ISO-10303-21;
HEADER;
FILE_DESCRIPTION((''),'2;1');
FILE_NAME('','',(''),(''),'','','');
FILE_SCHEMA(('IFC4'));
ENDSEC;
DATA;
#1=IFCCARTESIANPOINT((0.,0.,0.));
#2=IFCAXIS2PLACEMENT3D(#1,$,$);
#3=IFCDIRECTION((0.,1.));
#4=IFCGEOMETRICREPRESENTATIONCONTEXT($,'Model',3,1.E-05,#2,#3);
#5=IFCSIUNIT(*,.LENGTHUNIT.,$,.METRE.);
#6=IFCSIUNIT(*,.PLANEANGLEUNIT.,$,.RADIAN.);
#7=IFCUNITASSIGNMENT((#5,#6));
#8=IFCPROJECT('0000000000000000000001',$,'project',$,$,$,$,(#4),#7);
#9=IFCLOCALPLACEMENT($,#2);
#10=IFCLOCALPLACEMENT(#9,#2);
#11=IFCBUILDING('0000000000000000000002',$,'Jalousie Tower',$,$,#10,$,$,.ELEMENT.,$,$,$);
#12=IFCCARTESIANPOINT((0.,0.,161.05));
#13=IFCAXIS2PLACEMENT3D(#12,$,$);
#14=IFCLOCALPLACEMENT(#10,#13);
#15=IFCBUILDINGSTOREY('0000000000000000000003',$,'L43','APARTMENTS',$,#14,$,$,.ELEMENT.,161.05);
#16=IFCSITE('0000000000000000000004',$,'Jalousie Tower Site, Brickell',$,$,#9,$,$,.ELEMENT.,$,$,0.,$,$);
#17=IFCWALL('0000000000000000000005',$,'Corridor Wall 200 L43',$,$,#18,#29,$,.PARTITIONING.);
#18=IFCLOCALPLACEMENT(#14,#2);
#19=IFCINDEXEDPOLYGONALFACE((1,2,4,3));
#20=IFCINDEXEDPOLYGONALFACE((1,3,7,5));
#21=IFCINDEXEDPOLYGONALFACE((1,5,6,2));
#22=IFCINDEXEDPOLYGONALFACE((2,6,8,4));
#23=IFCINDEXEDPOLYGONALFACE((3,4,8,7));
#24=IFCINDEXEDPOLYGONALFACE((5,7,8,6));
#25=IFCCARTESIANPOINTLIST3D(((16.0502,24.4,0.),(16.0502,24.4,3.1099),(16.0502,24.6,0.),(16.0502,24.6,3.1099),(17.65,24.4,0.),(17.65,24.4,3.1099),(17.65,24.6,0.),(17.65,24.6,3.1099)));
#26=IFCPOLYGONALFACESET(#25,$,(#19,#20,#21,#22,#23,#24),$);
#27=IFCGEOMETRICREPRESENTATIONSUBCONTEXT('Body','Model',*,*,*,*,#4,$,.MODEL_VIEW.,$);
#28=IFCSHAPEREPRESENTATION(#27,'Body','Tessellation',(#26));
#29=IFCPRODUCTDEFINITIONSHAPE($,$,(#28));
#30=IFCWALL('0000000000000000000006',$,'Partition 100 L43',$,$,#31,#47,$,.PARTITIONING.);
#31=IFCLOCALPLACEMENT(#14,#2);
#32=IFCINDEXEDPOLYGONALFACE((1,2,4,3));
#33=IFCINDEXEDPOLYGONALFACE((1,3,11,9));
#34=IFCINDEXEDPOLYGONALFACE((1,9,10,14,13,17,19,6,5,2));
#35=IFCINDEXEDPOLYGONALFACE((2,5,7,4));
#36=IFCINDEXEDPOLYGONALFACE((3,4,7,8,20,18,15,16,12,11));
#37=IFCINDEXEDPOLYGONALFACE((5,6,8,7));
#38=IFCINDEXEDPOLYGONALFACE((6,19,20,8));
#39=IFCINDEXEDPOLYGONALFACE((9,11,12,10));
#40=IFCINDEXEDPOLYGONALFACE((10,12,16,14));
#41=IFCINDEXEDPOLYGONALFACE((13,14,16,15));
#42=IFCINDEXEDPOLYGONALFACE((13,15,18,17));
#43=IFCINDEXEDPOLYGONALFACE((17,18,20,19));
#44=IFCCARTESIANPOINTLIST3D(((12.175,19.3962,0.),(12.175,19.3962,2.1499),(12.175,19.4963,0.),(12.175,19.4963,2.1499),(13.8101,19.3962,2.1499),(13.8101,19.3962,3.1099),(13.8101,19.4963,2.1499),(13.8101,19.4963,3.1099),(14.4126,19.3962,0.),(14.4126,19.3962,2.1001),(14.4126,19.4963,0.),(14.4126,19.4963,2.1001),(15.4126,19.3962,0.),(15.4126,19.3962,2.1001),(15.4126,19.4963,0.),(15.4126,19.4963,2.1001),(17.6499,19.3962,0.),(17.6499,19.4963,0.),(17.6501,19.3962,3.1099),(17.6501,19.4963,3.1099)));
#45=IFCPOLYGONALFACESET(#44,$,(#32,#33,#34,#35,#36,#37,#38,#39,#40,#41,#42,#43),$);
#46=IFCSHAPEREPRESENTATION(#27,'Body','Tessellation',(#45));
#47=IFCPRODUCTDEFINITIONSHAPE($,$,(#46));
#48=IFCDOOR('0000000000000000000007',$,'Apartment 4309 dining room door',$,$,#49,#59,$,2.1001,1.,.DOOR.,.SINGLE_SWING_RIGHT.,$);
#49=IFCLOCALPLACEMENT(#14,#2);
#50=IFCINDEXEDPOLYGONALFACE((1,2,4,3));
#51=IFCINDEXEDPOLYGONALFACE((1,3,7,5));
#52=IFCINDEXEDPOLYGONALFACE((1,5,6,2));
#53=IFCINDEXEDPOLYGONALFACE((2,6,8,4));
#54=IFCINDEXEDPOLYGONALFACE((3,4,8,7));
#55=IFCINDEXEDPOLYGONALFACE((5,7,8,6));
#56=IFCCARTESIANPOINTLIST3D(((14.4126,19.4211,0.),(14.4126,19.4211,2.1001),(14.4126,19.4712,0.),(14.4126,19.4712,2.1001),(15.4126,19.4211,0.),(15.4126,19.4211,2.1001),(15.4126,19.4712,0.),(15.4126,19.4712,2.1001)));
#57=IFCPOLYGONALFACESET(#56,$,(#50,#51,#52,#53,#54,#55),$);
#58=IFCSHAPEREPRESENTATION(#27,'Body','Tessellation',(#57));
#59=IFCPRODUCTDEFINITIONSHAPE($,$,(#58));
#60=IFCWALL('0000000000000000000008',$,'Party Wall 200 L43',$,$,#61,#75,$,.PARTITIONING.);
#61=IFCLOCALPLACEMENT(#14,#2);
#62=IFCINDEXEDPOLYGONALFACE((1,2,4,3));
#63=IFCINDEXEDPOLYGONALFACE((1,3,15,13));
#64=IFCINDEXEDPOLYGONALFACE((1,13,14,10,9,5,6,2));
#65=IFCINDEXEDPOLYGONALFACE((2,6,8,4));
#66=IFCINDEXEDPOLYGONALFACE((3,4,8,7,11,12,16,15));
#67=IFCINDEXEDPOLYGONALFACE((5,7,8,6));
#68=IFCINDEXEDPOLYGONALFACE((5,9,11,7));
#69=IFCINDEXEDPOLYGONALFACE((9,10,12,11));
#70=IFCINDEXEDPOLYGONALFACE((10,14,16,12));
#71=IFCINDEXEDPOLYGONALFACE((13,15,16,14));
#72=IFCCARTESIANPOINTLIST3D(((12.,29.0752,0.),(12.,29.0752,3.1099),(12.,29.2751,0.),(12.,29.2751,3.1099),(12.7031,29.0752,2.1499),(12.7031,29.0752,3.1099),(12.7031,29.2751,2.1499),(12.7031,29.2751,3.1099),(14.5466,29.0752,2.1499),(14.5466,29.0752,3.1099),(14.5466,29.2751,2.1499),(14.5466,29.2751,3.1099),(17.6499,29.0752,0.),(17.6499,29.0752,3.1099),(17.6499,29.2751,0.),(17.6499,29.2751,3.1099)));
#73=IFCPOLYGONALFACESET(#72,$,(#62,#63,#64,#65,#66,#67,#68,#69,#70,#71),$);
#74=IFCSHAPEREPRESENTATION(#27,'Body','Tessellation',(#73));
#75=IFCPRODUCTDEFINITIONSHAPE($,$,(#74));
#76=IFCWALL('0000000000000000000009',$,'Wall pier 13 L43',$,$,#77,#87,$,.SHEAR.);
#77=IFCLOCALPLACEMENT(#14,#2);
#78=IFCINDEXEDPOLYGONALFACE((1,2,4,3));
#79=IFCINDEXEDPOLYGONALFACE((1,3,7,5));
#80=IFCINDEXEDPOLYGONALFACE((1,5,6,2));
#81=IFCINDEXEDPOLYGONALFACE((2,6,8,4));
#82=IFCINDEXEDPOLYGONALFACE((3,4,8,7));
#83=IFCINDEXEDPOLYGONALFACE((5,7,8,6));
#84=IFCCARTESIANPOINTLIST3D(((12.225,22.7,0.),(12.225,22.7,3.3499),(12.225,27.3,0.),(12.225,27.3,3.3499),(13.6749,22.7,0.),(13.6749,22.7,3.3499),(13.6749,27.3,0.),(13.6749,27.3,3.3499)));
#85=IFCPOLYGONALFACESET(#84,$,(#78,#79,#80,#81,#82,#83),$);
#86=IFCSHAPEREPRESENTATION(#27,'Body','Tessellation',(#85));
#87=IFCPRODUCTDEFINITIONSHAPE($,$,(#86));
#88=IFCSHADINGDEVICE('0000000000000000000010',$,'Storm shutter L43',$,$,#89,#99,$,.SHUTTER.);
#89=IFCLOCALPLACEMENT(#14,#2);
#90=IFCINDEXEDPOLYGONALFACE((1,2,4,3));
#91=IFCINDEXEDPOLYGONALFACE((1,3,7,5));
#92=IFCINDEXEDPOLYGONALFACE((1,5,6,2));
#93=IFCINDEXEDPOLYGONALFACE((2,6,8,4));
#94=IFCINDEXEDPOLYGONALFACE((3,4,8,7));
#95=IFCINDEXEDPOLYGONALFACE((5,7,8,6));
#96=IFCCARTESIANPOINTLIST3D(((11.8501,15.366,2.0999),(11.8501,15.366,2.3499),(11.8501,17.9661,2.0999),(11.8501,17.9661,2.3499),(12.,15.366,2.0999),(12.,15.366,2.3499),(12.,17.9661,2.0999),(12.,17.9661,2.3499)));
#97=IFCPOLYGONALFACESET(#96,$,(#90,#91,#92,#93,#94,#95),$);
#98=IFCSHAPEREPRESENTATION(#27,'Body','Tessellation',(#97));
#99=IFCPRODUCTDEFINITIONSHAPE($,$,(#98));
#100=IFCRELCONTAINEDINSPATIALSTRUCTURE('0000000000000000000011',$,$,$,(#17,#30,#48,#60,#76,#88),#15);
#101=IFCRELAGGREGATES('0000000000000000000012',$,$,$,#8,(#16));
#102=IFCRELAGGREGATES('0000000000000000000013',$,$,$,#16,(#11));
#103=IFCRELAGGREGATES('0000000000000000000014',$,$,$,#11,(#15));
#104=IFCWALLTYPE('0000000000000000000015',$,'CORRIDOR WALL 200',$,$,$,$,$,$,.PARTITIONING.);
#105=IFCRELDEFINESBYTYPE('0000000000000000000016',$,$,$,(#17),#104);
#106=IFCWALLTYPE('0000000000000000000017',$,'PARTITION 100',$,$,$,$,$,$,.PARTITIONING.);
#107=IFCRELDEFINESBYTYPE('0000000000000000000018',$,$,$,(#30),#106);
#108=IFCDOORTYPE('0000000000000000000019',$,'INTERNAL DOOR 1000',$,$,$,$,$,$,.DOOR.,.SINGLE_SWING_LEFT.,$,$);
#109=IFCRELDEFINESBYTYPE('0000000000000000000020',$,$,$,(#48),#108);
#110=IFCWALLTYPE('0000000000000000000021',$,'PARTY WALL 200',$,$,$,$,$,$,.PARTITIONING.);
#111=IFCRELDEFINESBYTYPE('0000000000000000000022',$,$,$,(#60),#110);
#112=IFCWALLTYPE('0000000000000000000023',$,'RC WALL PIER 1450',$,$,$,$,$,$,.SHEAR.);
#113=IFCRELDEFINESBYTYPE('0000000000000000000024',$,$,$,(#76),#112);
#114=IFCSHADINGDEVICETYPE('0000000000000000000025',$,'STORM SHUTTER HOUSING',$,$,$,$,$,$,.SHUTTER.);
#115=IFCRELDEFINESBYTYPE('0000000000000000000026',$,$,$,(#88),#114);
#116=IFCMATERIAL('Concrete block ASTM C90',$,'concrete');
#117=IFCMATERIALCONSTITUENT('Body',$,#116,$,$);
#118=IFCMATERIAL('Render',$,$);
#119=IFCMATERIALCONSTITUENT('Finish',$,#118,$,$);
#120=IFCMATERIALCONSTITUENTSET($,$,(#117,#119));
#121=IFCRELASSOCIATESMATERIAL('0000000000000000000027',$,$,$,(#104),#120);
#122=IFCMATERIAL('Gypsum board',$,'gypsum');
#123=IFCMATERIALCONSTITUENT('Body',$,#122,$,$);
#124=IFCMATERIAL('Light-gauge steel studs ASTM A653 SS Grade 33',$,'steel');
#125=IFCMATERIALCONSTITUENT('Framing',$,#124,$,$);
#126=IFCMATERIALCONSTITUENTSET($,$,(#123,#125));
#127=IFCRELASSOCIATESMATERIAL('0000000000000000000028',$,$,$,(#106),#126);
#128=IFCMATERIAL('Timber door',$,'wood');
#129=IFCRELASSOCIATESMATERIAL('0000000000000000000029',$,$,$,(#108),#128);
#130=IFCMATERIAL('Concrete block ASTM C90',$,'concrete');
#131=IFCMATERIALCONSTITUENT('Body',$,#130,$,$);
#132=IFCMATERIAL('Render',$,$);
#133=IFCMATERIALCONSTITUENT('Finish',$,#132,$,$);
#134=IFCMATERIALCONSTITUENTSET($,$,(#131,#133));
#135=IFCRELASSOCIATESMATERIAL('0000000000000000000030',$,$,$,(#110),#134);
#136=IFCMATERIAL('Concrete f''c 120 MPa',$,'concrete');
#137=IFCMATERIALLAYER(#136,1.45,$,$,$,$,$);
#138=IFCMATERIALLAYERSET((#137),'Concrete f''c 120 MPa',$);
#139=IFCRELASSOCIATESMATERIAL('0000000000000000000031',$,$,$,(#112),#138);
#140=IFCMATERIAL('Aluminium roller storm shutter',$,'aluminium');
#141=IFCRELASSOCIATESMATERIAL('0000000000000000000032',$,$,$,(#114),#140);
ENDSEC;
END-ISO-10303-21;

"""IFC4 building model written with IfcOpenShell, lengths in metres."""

from ifc_helpers import new_model, si_unit, direction, frame, frame_2d, origin, origin_2d, place, context, subcontext, project, spatial, polyline, rectangle, outline, extrude, material, layer, layer_set, constituent, constituent_set, type_object, element, fill, save


model = new_model("IFC4")

# Units and contexts
model_context = context("Model", 3, precision=1e-05, world=origin(), true_north=direction((0.0, 1.0)))
body_context = subcontext(model_context, "Body", "Model", "MODEL_VIEW")
ifc_project = project(units=[si_unit("LENGTHUNIT", "METRE"), si_unit("PLANEANGLEUNIT", "RADIAN")], contexts=[model_context])

# Site, building, storey
site_placement = place(None, origin())
site = spatial("IfcSite", under=ifc_project, at=site_placement, Name="Jalousie Tower Site, Brickell", CompositionType="ELEMENT", RefElevation=0.0)
building_placement = place(site_placement, origin())
building = spatial("IfcBuilding", under=site, at=building_placement, Name="Jalousie Tower", CompositionType="ELEMENT")
storey_placement = place(building_placement, frame((0.0, 0.0, 161.05)))
storey = spatial("IfcBuildingStorey", under=building, at=storey_placement, Name="L43", Description="APARTMENTS", CompositionType="ELEMENT", Elevation=161.05)

# Wall
ifc_material_1 = material(Name="Concrete block ASTM C90", Category="concrete")
ifc_constituent_1 = constituent(ifc_material_1, Name="Body")
ifc_material_2 = material(Name="Render")
ifc_constituent_2 = constituent(ifc_material_2, Name="Finish")
ifc_constituent_set_1 = constituent_set(constituents=[ifc_constituent_1, ifc_constituent_2])
wall_type_1 = type_object("IfcWallType", Name="CORRIDOR WALL 200", PredefinedType="PARTITIONING", material=ifc_constituent_set_1)
for number, where, z_axis, x_axis, name in (
    (1, (17.6499, 24.5, 0.0), (0.0, 0.0, 1.0), (-1.0, 0.0, 0.0), "Corridor Wall 200 L43"),
):
    element("IfcWall", number, at=place(storey_placement, frame(where, z_axis=z_axis, x_axis=x_axis)), inside=storey, type_object=wall_type_1, Name=name, PredefinedType="PARTITIONING", context=body_context, shape_type="SweptSolid", body=[
        extrude(rectangle(XDim=1.5999, YDim=0.2, at=frame_2d((0.7998, 0.0))), origin(), (0.0, 0.0, 1.0), 3.1099),
    ])

# Wall, opening, door
ifc_material_3 = material(Name="Gypsum board", Category="gypsum")
ifc_constituent_3 = constituent(ifc_material_3, Name="Body")
ifc_material_4 = material(Name="Light-gauge steel studs ASTM A653 SS Grade 33", Category="steel")
ifc_constituent_4 = constituent(ifc_material_4, Name="Framing")
ifc_constituent_set_2 = constituent_set(constituents=[ifc_constituent_3, ifc_constituent_4])
wall_type_2 = type_object("IfcWallType", Name="PARTITION 100", PredefinedType="PARTITIONING", material=ifc_constituent_set_2)
wall_1_placement = place(storey_placement, frame((12.175, 19.4463, 0.0), z_axis=(0.0, 0.0, 1.0), x_axis=(1.0, 0.0, 0.0)))
wall_1 = element("IfcWall", 2, at=wall_1_placement, inside=storey, type_object=wall_type_2, Name="Partition 100 L43", PredefinedType="PARTITIONING", context=body_context, shape_type="SweptSolid", body=[
    extrude(outline(polyline([(0.0, 0.0), (5.4749, 0.0), (5.4751, 3.1099), (1.635, 3.1099), (1.635, 2.1499), (0.0, 2.1499), (0.0, 3.1099), (0.0, 0.0)])), frame((0.0, 0.05, 0.0), z_axis=(0.0, -1.0, 0.0), x_axis=(1.0, 0.0, 0.0)), (0.0, 0.0, 1.0), 0.1001),
])
opening_1_placement = place(wall_1_placement, frame((2.2375, 0.0, 0.0)))
opening_1 = element("IfcOpeningElement", 3, at=opening_1_placement, cuts=wall_1, PredefinedType="OPENING", context=body_context, shape_type="SweptSolid", body=[
    extrude(rectangle(XDim=1.0, YDim=2.1001, at=frame_2d((0.5, 1.05))), frame((0.0, 0.0601, 0.0), z_axis=(0.0, -1.0, 0.0), x_axis=(1.0, 0.0, 0.0)), (0.0, 0.0, 1.0), 0.1201),
])
ifc_material_5 = material(Name="Timber door", Category="wood")
door_type_1 = type_object("IfcDoorType", Name="INTERNAL DOOR 1000", OperationType="SINGLE_SWING_LEFT", PredefinedType="DOOR", material=ifc_material_5)
door_1_placement = place(opening_1_placement, origin())
door_1 = element("IfcDoor", 4, at=door_1_placement, inside=storey, type_object=door_type_1, Name="Apartment 4309 dining room door", OperationType="SINGLE_SWING_RIGHT", OverallHeight=2.1001, OverallWidth=1.0, PredefinedType="DOOR", context=body_context, shape_type="SweptSolid", body=[
    extrude(rectangle(XDim=1.0, YDim=2.1001, at=frame_2d((0.5, 1.05))), frame((0.0, 0.0249, 0.0), z_axis=(0.0, -1.0, 0.0), x_axis=(1.0, 0.0, 0.0)), (0.0, 0.0, 1.0), 0.05),
])
fill(opening_1, door_1)

# Walls
ifc_material_6 = material(Name="Concrete block ASTM C90", Category="concrete")
ifc_constituent_5 = constituent(ifc_material_6, Name="Body")
ifc_material_7 = material(Name="Render")
ifc_constituent_6 = constituent(ifc_material_7, Name="Finish")
ifc_constituent_set_3 = constituent_set(constituents=[ifc_constituent_5, ifc_constituent_6])
wall_type_3 = type_object("IfcWallType", Name="PARTY WALL 200", PredefinedType="PARTITIONING", material=ifc_constituent_set_3)
wall_2_placement = place(storey_placement, frame((12.0, 29.175, 0.0), z_axis=(0.0, 0.0, 1.0), x_axis=(1.0, 0.0, 0.0)))
element("IfcWall", 5, at=wall_2_placement, inside=storey, type_object=wall_type_3, Name="Party Wall 200 L43", PredefinedType="PARTITIONING", context=body_context, shape_type="SweptSolid", body=[
    extrude(outline(polyline([(0.0, 0.0), (5.6499, 0.0), (5.6499, 3.1099), (2.5466, 3.1099), (2.5466, 2.1499), (0.7031, 2.1499), (0.7031, 3.1099), (0.0, 3.1099), (0.0, 0.0)])), frame((0.0, 0.1001, 0.0), z_axis=(0.0, -1.0, 0.0), x_axis=(1.0, 0.0, 0.0)), (0.0, 0.0, 1.0), 0.2),
])
ifc_material_8 = material(Name="Concrete f'c 120 MPa", Category="concrete")
ifc_layer_1 = layer(ifc_material_8, 1.45)
ifc_layer_set_1 = layer_set([ifc_layer_1], Name="Concrete f'c 120 MPa")
wall_type_4 = type_object("IfcWallType", Name="RC WALL PIER 1450", PredefinedType="SHEAR", material=ifc_layer_set_1)
wall_3_placement = place(storey_placement, frame((12.95, 22.7, 0.0), z_axis=(0.0, 0.0, 1.0), x_axis=(0.0, 1.0, 0.0)))
element("IfcWall", 6, at=wall_3_placement, inside=storey, type_object=wall_type_4, Name="Wall pier 13 L43", PredefinedType="SHEAR", context=body_context, shape_type="SweptSolid", body=[
    extrude(rectangle(XDim=4.6001, YDim=1.45, at=frame_2d((2.3, 0.0))), origin(), (0.0, 0.0, 1.0), 3.3499),
])

# Shading device
ifc_material_9 = material(Name="Aluminium roller storm shutter", Category="aluminium")
shading_device_type = type_object("IfcShadingDeviceType", Name="STORM SHUTTER HOUSING", PredefinedType="SHUTTER", material=ifc_material_9)
shading_device_placement = place(storey_placement, frame((11.925, 16.666, 2.0999), z_axis=(0.0, 0.0, 1.0), x_axis=(0.0, -1.0, 0.0)))
element("IfcShadingDevice", 7, at=shading_device_placement, inside=storey, type_object=shading_device_type, Name="Storm shutter L43", PredefinedType="SHUTTER", context=body_context, shape_type="SweptSolid", body=[
    extrude(rectangle(XDim=2.6001, YDim=0.1499, at=origin_2d()), origin(), (0.0, 0.0, 1.0), 0.25),
])

save(model, "model.ifc")
